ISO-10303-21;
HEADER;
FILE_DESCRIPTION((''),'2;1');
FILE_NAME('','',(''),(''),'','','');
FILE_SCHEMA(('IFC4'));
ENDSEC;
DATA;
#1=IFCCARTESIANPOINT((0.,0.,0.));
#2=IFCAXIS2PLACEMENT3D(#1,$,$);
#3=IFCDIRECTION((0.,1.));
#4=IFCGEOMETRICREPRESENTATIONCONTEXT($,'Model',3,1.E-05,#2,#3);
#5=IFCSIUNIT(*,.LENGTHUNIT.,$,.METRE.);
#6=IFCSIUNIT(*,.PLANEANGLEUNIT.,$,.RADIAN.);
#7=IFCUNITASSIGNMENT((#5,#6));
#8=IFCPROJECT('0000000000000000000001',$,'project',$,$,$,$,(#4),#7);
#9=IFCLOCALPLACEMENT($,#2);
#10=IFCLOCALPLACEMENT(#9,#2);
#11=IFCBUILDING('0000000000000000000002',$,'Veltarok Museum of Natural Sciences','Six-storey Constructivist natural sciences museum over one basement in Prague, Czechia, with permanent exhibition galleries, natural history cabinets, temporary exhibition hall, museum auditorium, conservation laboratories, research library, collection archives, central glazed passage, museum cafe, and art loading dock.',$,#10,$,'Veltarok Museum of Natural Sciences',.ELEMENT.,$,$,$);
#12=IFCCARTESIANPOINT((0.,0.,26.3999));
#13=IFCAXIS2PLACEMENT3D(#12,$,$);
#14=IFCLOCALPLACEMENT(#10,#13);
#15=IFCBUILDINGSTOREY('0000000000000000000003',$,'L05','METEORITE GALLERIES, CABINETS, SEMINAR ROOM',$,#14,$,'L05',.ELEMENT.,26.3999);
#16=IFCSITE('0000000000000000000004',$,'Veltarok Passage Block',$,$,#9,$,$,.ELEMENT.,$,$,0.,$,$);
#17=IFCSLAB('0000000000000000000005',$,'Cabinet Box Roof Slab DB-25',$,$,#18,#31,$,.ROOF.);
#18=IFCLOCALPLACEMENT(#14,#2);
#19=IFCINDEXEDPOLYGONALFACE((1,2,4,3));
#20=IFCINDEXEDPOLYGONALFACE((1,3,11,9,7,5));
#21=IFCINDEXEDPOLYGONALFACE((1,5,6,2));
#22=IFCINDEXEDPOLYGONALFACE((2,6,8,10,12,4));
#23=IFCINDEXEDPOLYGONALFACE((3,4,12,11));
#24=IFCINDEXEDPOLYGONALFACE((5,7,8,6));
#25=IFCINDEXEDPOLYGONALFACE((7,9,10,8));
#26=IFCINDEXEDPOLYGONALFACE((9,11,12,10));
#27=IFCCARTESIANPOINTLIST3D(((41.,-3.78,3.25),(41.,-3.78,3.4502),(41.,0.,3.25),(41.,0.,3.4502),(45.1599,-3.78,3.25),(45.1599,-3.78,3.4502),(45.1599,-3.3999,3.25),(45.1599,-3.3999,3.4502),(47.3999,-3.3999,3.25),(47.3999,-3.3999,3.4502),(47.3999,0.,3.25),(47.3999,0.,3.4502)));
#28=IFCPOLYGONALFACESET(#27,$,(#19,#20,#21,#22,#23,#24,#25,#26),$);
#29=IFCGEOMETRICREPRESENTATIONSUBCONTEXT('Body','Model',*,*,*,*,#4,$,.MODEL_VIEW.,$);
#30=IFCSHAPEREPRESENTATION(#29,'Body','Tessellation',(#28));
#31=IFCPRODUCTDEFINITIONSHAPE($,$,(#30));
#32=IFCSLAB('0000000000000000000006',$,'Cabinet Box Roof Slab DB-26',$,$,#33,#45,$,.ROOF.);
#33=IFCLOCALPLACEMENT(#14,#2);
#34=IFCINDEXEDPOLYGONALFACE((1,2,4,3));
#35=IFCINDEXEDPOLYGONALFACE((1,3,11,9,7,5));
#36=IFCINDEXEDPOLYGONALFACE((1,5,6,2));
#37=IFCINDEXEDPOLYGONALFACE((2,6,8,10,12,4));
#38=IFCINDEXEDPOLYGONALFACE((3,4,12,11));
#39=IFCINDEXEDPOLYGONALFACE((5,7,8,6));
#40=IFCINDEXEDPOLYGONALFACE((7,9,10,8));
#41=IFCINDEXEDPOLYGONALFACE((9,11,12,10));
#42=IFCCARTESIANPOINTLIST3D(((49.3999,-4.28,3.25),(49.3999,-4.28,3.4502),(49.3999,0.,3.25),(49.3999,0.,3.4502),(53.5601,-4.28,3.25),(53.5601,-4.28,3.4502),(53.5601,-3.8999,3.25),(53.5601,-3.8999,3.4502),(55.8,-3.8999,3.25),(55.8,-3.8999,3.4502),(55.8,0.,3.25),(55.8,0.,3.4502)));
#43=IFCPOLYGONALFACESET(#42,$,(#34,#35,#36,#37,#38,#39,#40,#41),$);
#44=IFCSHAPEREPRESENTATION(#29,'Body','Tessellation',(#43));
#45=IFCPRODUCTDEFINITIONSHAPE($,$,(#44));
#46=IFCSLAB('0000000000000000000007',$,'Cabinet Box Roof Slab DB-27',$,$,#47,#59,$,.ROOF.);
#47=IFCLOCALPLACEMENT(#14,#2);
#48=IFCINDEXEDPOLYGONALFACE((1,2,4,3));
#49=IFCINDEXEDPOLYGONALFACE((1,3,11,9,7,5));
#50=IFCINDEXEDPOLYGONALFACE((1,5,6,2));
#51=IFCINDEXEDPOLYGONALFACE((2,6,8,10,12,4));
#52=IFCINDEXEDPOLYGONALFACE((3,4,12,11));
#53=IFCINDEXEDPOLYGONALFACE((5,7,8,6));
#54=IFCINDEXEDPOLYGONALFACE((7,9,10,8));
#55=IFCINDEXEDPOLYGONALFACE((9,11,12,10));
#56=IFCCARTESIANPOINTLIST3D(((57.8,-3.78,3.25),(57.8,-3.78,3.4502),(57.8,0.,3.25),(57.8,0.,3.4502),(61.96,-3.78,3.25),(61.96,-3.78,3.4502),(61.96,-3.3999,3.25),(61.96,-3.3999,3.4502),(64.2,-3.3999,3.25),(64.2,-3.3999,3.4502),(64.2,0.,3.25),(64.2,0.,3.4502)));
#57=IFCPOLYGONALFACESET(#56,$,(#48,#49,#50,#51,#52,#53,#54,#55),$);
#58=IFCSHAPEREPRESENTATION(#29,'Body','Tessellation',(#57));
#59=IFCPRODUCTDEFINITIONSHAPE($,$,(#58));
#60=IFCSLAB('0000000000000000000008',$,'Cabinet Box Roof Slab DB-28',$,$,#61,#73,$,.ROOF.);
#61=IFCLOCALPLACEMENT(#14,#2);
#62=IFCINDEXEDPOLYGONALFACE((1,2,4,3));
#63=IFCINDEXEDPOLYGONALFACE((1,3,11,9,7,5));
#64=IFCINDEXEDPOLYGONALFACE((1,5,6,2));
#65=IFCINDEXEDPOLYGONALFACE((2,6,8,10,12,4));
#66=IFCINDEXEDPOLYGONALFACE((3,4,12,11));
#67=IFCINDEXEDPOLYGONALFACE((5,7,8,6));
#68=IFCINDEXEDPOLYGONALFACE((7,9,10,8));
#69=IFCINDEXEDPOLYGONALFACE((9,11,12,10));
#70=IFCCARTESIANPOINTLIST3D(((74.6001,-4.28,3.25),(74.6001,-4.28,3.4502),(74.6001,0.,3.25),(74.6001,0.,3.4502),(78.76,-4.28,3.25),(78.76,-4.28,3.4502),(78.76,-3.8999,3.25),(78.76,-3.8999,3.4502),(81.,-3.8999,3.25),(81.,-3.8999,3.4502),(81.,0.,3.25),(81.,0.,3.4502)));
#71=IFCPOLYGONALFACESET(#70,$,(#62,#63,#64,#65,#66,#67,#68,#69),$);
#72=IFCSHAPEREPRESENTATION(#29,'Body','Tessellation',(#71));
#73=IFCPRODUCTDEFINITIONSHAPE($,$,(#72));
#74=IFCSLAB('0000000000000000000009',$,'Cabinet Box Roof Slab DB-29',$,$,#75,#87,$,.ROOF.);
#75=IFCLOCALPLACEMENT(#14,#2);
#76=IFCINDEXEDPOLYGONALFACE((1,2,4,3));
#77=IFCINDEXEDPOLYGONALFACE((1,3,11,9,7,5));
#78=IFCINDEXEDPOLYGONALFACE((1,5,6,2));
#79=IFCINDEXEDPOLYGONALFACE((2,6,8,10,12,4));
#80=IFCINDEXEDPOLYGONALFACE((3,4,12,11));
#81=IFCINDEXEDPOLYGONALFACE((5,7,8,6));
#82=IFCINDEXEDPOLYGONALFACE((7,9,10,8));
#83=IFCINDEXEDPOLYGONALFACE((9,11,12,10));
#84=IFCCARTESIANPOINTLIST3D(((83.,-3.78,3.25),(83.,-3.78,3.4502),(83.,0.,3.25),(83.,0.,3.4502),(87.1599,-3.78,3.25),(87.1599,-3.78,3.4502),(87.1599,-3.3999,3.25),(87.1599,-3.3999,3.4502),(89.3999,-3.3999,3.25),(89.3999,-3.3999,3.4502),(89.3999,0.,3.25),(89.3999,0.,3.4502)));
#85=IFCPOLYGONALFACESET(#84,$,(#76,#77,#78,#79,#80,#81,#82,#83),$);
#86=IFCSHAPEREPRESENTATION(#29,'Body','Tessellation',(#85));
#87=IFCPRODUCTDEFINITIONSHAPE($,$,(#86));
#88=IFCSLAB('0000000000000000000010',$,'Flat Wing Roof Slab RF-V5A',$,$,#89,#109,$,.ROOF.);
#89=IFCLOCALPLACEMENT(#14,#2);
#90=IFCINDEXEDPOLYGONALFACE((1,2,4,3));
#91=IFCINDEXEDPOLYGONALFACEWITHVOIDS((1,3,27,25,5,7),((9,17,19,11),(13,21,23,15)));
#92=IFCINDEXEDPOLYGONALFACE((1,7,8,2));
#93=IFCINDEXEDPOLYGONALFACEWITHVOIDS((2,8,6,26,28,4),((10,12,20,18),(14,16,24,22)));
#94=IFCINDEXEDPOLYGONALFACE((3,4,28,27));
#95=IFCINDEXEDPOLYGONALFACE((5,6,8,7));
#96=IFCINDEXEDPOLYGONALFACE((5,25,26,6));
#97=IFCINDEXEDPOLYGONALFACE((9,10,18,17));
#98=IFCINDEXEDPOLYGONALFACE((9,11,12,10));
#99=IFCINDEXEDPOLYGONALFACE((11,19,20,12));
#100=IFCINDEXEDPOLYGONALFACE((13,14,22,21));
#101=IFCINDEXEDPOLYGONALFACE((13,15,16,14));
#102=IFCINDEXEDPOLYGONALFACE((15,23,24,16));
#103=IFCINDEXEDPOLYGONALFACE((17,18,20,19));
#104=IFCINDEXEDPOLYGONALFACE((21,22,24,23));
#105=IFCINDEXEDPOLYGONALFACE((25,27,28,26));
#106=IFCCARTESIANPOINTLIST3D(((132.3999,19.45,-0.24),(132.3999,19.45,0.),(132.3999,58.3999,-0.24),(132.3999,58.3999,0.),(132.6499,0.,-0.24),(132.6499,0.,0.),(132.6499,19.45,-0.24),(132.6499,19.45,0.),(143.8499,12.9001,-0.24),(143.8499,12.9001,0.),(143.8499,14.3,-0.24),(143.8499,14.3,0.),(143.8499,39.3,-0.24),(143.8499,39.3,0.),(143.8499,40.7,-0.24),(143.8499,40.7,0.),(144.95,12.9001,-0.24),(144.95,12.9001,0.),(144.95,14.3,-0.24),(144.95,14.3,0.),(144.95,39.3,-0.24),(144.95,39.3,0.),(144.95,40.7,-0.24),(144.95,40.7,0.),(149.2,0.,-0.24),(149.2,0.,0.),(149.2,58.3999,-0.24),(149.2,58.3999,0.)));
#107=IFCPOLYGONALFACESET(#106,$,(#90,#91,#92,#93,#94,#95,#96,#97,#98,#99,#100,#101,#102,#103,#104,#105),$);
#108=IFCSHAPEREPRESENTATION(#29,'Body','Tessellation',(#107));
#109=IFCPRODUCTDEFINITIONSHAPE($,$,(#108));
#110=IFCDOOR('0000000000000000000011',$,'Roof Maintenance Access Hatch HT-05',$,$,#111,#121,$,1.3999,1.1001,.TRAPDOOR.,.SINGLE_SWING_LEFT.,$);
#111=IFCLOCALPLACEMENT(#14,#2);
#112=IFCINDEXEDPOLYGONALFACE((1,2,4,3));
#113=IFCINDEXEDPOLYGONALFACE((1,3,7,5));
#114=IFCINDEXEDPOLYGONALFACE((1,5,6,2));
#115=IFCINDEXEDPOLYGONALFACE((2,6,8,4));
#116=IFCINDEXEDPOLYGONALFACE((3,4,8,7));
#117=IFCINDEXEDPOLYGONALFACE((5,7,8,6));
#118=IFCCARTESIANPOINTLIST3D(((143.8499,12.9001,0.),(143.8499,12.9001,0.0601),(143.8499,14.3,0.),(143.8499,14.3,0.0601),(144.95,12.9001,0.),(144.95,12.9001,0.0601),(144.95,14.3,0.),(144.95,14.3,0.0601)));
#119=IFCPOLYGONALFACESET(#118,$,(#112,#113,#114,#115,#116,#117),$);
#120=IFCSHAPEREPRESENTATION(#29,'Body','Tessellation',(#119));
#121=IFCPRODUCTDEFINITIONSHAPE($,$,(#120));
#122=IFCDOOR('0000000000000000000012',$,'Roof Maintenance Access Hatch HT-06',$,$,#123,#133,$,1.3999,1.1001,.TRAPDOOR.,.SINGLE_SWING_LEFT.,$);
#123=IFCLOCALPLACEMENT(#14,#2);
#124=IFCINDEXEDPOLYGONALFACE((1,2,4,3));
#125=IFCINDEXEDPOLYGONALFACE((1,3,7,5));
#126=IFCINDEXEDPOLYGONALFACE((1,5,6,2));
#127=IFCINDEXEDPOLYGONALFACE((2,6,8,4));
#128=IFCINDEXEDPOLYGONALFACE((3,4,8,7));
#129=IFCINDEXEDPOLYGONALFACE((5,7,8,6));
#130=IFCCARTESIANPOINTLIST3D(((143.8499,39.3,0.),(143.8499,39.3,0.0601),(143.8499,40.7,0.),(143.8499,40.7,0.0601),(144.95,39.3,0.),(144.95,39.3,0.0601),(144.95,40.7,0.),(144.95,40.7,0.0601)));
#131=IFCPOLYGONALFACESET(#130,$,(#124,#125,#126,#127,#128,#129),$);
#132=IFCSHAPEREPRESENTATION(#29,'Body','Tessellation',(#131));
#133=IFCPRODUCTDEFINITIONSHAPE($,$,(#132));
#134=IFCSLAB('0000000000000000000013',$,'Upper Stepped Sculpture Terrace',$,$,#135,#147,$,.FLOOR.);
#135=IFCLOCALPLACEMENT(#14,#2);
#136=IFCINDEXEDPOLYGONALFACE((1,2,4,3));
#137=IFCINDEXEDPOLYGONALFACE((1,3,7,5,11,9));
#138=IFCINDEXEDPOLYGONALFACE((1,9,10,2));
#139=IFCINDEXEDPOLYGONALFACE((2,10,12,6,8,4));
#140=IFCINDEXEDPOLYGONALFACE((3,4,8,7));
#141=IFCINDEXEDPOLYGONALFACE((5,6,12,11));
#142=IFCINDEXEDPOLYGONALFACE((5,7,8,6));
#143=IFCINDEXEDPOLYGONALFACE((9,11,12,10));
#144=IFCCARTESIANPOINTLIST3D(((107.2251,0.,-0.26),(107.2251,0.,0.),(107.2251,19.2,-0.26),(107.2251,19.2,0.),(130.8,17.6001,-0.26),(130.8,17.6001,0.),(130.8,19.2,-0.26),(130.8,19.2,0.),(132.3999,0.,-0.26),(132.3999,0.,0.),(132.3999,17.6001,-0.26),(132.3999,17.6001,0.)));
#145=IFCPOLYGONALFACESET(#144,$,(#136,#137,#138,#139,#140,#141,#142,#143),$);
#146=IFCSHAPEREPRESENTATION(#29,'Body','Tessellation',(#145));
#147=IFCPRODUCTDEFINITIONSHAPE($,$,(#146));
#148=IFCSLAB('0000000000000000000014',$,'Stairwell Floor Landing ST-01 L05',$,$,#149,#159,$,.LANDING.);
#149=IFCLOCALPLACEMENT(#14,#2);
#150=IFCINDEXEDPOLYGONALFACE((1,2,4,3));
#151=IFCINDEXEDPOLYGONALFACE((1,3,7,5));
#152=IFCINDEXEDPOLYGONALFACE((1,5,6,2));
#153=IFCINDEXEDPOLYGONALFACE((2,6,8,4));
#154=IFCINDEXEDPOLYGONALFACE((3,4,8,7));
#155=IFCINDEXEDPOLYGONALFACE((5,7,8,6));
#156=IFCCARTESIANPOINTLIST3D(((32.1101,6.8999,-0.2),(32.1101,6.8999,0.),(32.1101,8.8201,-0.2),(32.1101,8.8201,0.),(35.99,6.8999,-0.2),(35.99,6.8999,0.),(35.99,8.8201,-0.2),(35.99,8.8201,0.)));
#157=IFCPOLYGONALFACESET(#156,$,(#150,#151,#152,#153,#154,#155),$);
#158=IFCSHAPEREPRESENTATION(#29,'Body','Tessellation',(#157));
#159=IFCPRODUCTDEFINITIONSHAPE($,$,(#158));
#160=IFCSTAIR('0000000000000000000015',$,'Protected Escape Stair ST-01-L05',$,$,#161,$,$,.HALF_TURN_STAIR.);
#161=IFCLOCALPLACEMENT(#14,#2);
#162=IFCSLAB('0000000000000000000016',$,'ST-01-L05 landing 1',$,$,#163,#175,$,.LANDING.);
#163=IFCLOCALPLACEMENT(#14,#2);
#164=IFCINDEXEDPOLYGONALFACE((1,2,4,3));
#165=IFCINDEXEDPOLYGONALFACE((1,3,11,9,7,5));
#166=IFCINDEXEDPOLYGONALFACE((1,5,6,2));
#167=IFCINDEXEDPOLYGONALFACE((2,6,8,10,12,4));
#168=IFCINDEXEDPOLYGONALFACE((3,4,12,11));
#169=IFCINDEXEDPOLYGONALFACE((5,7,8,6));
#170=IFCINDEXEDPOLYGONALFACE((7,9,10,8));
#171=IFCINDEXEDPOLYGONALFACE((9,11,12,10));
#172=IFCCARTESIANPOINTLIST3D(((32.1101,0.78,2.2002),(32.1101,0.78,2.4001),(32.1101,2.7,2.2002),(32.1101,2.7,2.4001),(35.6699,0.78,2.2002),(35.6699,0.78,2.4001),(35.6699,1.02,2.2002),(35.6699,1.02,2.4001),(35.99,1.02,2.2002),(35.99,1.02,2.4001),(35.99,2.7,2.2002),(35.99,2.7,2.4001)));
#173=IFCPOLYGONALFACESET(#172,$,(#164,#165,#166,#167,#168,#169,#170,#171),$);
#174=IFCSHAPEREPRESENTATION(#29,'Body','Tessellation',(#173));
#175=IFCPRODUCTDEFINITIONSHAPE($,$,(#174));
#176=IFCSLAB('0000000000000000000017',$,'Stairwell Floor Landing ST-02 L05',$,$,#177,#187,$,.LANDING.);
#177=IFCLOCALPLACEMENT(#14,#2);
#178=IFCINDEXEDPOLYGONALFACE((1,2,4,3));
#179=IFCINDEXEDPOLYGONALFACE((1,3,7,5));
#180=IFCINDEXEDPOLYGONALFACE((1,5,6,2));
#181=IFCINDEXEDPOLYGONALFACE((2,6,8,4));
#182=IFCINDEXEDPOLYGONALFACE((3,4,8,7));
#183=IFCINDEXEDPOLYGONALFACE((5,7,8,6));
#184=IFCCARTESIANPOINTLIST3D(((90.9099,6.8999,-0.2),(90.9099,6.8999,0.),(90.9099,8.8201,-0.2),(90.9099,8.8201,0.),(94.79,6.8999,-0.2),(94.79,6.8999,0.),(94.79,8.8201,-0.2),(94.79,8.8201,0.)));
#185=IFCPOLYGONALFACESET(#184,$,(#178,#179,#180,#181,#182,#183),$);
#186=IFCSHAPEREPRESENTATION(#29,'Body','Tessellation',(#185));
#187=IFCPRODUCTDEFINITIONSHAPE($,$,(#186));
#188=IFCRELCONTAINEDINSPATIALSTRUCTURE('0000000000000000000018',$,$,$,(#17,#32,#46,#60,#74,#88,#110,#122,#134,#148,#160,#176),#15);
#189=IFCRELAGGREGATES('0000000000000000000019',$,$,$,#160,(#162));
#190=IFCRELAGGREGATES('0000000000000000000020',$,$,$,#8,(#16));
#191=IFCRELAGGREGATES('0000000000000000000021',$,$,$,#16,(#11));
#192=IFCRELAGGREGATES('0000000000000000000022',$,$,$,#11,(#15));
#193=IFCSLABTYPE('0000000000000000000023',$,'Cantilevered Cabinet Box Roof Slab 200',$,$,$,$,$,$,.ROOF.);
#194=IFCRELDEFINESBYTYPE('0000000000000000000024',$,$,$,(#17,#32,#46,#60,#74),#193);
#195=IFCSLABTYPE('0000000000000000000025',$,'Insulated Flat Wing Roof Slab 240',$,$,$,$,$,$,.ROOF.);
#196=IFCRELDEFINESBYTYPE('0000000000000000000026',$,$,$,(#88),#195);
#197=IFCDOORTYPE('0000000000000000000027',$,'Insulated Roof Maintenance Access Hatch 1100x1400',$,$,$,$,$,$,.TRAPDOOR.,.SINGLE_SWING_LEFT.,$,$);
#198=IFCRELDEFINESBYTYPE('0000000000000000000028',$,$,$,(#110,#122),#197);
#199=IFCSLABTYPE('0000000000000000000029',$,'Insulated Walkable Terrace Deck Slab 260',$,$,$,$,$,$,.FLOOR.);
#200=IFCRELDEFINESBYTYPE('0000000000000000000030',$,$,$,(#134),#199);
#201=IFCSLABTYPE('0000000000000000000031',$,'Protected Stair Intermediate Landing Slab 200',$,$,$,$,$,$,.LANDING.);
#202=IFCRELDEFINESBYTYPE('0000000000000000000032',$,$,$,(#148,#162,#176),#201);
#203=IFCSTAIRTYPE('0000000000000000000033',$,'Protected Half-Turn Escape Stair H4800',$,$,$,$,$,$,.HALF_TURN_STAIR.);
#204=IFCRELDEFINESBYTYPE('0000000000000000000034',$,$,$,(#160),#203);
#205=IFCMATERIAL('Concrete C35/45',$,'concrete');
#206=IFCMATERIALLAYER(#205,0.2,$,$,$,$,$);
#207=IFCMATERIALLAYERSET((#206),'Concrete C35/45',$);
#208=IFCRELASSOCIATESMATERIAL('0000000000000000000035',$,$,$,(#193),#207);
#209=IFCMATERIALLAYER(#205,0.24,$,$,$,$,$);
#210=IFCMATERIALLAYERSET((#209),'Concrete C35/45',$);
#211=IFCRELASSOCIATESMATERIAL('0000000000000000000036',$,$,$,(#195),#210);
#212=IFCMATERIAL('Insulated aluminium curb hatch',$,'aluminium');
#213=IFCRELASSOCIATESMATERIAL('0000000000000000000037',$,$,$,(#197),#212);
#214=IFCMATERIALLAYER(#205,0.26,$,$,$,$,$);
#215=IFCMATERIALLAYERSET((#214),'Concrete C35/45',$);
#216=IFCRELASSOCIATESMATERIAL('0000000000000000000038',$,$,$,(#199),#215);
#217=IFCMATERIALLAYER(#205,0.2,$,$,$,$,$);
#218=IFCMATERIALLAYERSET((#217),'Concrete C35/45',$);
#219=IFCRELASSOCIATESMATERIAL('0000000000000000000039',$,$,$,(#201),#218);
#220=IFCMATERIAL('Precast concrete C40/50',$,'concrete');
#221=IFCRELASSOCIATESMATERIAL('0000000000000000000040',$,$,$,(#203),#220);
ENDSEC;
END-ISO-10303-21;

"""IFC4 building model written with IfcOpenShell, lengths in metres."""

from ifc_helpers import new_model, si_unit, direction, frame, origin, origin_2d, place, context, subcontext, project, spatial, polyline, rectangle, outline, extrude, material, layer, layer_set, type_object, element, fill, aggregate, save


model = new_model("IFC4")

# Units and contexts
model_context = context("Model", 3, precision=1e-05, world=origin(), true_north=direction((0.0, 1.0)))
body_context = subcontext(model_context, "Body", "Model", "MODEL_VIEW")
ifc_project = project(units=[si_unit("LENGTHUNIT", "METRE"), si_unit("PLANEANGLEUNIT", "RADIAN")], contexts=[model_context])

# Site, building, storey
site_placement = place(None, origin())
site = spatial("IfcSite", under=ifc_project, at=site_placement, Name="Veltarok Passage Block", CompositionType="ELEMENT", RefElevation=0.0)
building_placement = place(site_placement, origin())
building = spatial("IfcBuilding", under=site, at=building_placement, Name="Veltarok Museum of Natural Sciences", Description="Six-storey Constructivist natural sciences museum over one basement in Prague, Czechia, with permanent exhibition galleries, natural history cabinets, temporary exhibition hall, museum auditorium, conservation laboratories, research library, collection archives, central glazed passage, museum cafe, and art loading dock.", LongName="Veltarok Museum of Natural Sciences", CompositionType="ELEMENT")
storey_placement = place(building_placement, frame((0.0, 0.0, 26.3999)))
storey = spatial("IfcBuildingStorey", under=building, at=storey_placement, Name="L05", Description="METEORITE GALLERIES, CABINETS, SEMINAR ROOM", LongName="L05", CompositionType="ELEMENT", Elevation=26.3999)

# Slabs
ifc_material_1 = material(Name="Concrete C35/45", Category="concrete")
ifc_layer_1 = layer(ifc_material_1, 0.2)
ifc_layer_set_1 = layer_set([ifc_layer_1], Name="Concrete C35/45")
slab_type_1 = type_object("IfcSlabType", Name="Cantilevered Cabinet Box Roof Slab 200", PredefinedType="ROOF", material=ifc_layer_set_1)
slab_1_placement = place(storey_placement, frame((0.0, 0.0, 3.25)))
element("IfcSlab", 1, at=slab_1_placement, inside=storey, type_object=slab_type_1, Name="Cabinet Box Roof Slab DB-25", PredefinedType="ROOF", context=body_context, shape_type="SweptSolid", body=[
    extrude(outline(polyline([(41.0, -3.78), (45.1599, -3.78), (45.1599, -3.3999), (47.3999, -3.3999), (47.3999, 0.0), (41.0, 0.0), (41.0, -3.78)])), origin(), (0.0, 0.0, 1.0), 0.2002),
])
slab_2_placement = place(storey_placement, frame((0.0, 0.0, 3.25)))
element("IfcSlab", 2, at=slab_2_placement, inside=storey, type_object=slab_type_1, Name="Cabinet Box Roof Slab DB-26", PredefinedType="ROOF", context=body_context, shape_type="SweptSolid", body=[
    extrude(outline(polyline([(49.3999, -4.28), (53.5601, -4.28), (53.5601, -3.8999), (55.8, -3.8999), (55.8, 0.0), (49.3999, 0.0), (49.3999, -4.28)])), origin(), (0.0, 0.0, 1.0), 0.2002),
])
slab_3_placement = place(storey_placement, frame((0.0, 0.0, 3.25)))
element("IfcSlab", 3, at=slab_3_placement, inside=storey, type_object=slab_type_1, Name="Cabinet Box Roof Slab DB-27", PredefinedType="ROOF", context=body_context, shape_type="SweptSolid", body=[
    extrude(outline(polyline([(57.8, -3.78), (61.96, -3.78), (61.96, -3.3999), (64.2, -3.3999), (64.2, 0.0), (57.8, 0.0), (57.8, -3.78)])), origin(), (0.0, 0.0, 1.0), 0.2002),
])
slab_4_placement = place(storey_placement, frame((0.0, 0.0, 3.25)))
element("IfcSlab", 4, at=slab_4_placement, inside=storey, type_object=slab_type_1, Name="Cabinet Box Roof Slab DB-28", PredefinedType="ROOF", context=body_context, shape_type="SweptSolid", body=[
    extrude(outline(polyline([(74.6001, -4.28), (78.76, -4.28), (78.76, -3.8999), (81.0, -3.8999), (81.0, 0.0), (74.6001, 0.0), (74.6001, -4.28)])), origin(), (0.0, 0.0, 1.0), 0.2002),
])
slab_5_placement = place(storey_placement, frame((0.0, 0.0, 3.25)))
element("IfcSlab", 5, at=slab_5_placement, inside=storey, type_object=slab_type_1, Name="Cabinet Box Roof Slab DB-29", PredefinedType="ROOF", context=body_context, shape_type="SweptSolid", body=[
    extrude(outline(polyline([(83.0, -3.78), (87.1599, -3.78), (87.1599, -3.3999), (89.3999, -3.3999), (89.3999, 0.0), (83.0, 0.0), (83.0, -3.78)])), origin(), (0.0, 0.0, 1.0), 0.2002),
])

# Slab, openings, doors
ifc_layer_2 = layer(ifc_material_1, 0.24)
ifc_layer_set_2 = layer_set([ifc_layer_2], Name="Concrete C35/45")
slab_type_2 = type_object("IfcSlabType", Name="Insulated Flat Wing Roof Slab 240", PredefinedType="ROOF", material=ifc_layer_set_2)
slab_6_placement = place(storey_placement, frame((0.0, 0.0, -0.24)))
slab_6 = element("IfcSlab", 6, at=slab_6_placement, inside=storey, type_object=slab_type_2, Name="Flat Wing Roof Slab RF-V5A", PredefinedType="ROOF", context=body_context, shape_type="SweptSolid", body=[
    extrude(outline(polyline([(149.2, 58.3999), (149.2, 0.0), (132.6499, 0.0), (132.6499, 19.45), (132.3999, 19.45), (132.3999, 58.3999), (149.2, 58.3999)])), origin(), (0.0, 0.0, 1.0), 0.24),
])
opening_1_placement = place(slab_6_placement, frame((144.3999, 13.6001, -0.01)))
opening_1 = element("IfcOpeningElement", 7, at=opening_1_placement, cuts=slab_6, PredefinedType="OPENING", context=body_context, shape_type="SweptSolid", body=[
    extrude(rectangle(XDim=1.1001, YDim=1.3999, at=origin_2d()), origin(), (0.0, 0.0, 1.0), 0.3201),
])
opening_2_placement = place(slab_6_placement, frame((144.3999, 40.0, -0.01)))
opening_2 = element("IfcOpeningElement", 8, at=opening_2_placement, cuts=slab_6, PredefinedType="OPENING", context=body_context, shape_type="SweptSolid", body=[
    extrude(rectangle(XDim=1.1001, YDim=1.3999, at=origin_2d()), origin(), (0.0, 0.0, 1.0), 0.3201),
])
ifc_material_2 = material(Name="Insulated aluminium curb hatch", Category="aluminium")
door_type = type_object("IfcDoorType", Name="Insulated Roof Maintenance Access Hatch 1100x1400", OperationType="SINGLE_SWING_LEFT", PredefinedType="TRAPDOOR", material=ifc_material_2)
door_1_placement = place(slab_6_placement, frame((144.3999, 13.6001, 0.24)))
door_1 = element("IfcDoor", 9, at=door_1_placement, inside=storey, type_object=door_type, Name="Roof Maintenance Access Hatch HT-05", OperationType="SINGLE_SWING_LEFT", OverallHeight=1.3999, OverallWidth=1.1001, PredefinedType="TRAPDOOR", context=body_context, shape_type="SweptSolid", body=[
    extrude(rectangle(XDim=1.1001, YDim=1.3999, at=origin_2d()), origin(), (0.0, 0.0, 1.0), 0.0601),
])
fill(opening_1, door_1)
door_2_placement = place(slab_6_placement, frame((144.3999, 40.0, 0.24)))
door_2 = element("IfcDoor", 10, at=door_2_placement, inside=storey, type_object=door_type, Name="Roof Maintenance Access Hatch HT-06", OperationType="SINGLE_SWING_LEFT", OverallHeight=1.3999, OverallWidth=1.1001, PredefinedType="TRAPDOOR", context=body_context, shape_type="SweptSolid", body=[
    extrude(rectangle(XDim=1.1001, YDim=1.3999, at=origin_2d()), origin(), (0.0, 0.0, 1.0), 0.0601),
])
fill(opening_2, door_2)

# Slabs
ifc_layer_3 = layer(ifc_material_1, 0.26)
ifc_layer_set_3 = layer_set([ifc_layer_3], Name="Concrete C35/45")
slab_type_3 = type_object("IfcSlabType", Name="Insulated Walkable Terrace Deck Slab 260", PredefinedType="FLOOR", material=ifc_layer_set_3)
slab_7_placement = place(storey_placement, frame((0.0, 0.0, -0.26)))
element("IfcSlab", 11, at=slab_7_placement, inside=storey, type_object=slab_type_3, Name="Upper Stepped Sculpture Terrace", PredefinedType="FLOOR", context=body_context, shape_type="SweptSolid", body=[
    extrude(outline(polyline([(107.2251, 0.0), (132.3999, 0.0), (132.3999, 17.6001), (130.8, 17.6001), (130.8, 19.2), (107.2251, 19.2), (107.2251, 0.0)])), origin(), (0.0, 0.0, 1.0), 0.26),
])
ifc_layer_4 = layer(ifc_material_1, 0.2)
ifc_layer_set_4 = layer_set([ifc_layer_4], Name="Concrete C35/45")
slab_type_4 = type_object("IfcSlabType", Name="Protected Stair Intermediate Landing Slab 200", PredefinedType="LANDING", material=ifc_layer_set_4)
slab_8_placement = place(storey_placement, frame((0.0, 0.0, -0.2)))
element("IfcSlab", 12, at=slab_8_placement, inside=storey, type_object=slab_type_4, Name="Stairwell Floor Landing ST-01 L05", PredefinedType="LANDING", context=body_context, shape_type="SweptSolid", body=[
    extrude(outline(polyline([(32.1101, 6.8999), (35.99, 6.8999), (35.99, 8.8201), (32.1101, 8.8201), (32.1101, 6.8999)])), origin(), (0.0, 0.0, 1.0), 0.2),
])

# Stair, slab
ifc_material_3 = material(Name="Precast concrete C40/50", Category="concrete")
stair_type = type_object("IfcStairType", Name="Protected Half-Turn Escape Stair H4800", PredefinedType="HALF_TURN_STAIR", material=ifc_material_3)
stair_1_placement = place(storey_placement, origin())
stair_1 = element("IfcStair", 13, at=stair_1_placement, inside=storey, type_object=stair_type, Name="Protected Escape Stair ST-01-L05", PredefinedType="HALF_TURN_STAIR")
slab_9_placement = place(storey_placement, frame((0.0, 0.0, 2.2002)))
slab_9 = element("IfcSlab", 14, at=slab_9_placement, type_object=slab_type_4, Name="ST-01-L05 landing 1", PredefinedType="LANDING", context=body_context, shape_type="SweptSolid", body=[
    extrude(outline(polyline([(32.1101, 0.78), (35.6699, 0.78), (35.6699, 1.02), (35.99, 1.02), (35.99, 2.7), (32.1101, 2.7), (32.1101, 0.78)])), origin(), (0.0, 0.0, 1.0), 0.2),
])
aggregate(stair_1, [slab_9])

# Slab
slab_10_placement = place(storey_placement, frame((0.0, 0.0, -0.2)))
element("IfcSlab", 15, at=slab_10_placement, inside=storey, type_object=slab_type_4, Name="Stairwell Floor Landing ST-02 L05", PredefinedType="LANDING", context=body_context, shape_type="SweptSolid", body=[
    extrude(outline(polyline([(90.9099, 6.8999), (94.79, 6.8999), (94.79, 8.8201), (90.9099, 8.8201), (90.9099, 6.8999)])), origin(), (0.0, 0.0, 1.0), 0.2),
])

save(model, "model.ifc")
